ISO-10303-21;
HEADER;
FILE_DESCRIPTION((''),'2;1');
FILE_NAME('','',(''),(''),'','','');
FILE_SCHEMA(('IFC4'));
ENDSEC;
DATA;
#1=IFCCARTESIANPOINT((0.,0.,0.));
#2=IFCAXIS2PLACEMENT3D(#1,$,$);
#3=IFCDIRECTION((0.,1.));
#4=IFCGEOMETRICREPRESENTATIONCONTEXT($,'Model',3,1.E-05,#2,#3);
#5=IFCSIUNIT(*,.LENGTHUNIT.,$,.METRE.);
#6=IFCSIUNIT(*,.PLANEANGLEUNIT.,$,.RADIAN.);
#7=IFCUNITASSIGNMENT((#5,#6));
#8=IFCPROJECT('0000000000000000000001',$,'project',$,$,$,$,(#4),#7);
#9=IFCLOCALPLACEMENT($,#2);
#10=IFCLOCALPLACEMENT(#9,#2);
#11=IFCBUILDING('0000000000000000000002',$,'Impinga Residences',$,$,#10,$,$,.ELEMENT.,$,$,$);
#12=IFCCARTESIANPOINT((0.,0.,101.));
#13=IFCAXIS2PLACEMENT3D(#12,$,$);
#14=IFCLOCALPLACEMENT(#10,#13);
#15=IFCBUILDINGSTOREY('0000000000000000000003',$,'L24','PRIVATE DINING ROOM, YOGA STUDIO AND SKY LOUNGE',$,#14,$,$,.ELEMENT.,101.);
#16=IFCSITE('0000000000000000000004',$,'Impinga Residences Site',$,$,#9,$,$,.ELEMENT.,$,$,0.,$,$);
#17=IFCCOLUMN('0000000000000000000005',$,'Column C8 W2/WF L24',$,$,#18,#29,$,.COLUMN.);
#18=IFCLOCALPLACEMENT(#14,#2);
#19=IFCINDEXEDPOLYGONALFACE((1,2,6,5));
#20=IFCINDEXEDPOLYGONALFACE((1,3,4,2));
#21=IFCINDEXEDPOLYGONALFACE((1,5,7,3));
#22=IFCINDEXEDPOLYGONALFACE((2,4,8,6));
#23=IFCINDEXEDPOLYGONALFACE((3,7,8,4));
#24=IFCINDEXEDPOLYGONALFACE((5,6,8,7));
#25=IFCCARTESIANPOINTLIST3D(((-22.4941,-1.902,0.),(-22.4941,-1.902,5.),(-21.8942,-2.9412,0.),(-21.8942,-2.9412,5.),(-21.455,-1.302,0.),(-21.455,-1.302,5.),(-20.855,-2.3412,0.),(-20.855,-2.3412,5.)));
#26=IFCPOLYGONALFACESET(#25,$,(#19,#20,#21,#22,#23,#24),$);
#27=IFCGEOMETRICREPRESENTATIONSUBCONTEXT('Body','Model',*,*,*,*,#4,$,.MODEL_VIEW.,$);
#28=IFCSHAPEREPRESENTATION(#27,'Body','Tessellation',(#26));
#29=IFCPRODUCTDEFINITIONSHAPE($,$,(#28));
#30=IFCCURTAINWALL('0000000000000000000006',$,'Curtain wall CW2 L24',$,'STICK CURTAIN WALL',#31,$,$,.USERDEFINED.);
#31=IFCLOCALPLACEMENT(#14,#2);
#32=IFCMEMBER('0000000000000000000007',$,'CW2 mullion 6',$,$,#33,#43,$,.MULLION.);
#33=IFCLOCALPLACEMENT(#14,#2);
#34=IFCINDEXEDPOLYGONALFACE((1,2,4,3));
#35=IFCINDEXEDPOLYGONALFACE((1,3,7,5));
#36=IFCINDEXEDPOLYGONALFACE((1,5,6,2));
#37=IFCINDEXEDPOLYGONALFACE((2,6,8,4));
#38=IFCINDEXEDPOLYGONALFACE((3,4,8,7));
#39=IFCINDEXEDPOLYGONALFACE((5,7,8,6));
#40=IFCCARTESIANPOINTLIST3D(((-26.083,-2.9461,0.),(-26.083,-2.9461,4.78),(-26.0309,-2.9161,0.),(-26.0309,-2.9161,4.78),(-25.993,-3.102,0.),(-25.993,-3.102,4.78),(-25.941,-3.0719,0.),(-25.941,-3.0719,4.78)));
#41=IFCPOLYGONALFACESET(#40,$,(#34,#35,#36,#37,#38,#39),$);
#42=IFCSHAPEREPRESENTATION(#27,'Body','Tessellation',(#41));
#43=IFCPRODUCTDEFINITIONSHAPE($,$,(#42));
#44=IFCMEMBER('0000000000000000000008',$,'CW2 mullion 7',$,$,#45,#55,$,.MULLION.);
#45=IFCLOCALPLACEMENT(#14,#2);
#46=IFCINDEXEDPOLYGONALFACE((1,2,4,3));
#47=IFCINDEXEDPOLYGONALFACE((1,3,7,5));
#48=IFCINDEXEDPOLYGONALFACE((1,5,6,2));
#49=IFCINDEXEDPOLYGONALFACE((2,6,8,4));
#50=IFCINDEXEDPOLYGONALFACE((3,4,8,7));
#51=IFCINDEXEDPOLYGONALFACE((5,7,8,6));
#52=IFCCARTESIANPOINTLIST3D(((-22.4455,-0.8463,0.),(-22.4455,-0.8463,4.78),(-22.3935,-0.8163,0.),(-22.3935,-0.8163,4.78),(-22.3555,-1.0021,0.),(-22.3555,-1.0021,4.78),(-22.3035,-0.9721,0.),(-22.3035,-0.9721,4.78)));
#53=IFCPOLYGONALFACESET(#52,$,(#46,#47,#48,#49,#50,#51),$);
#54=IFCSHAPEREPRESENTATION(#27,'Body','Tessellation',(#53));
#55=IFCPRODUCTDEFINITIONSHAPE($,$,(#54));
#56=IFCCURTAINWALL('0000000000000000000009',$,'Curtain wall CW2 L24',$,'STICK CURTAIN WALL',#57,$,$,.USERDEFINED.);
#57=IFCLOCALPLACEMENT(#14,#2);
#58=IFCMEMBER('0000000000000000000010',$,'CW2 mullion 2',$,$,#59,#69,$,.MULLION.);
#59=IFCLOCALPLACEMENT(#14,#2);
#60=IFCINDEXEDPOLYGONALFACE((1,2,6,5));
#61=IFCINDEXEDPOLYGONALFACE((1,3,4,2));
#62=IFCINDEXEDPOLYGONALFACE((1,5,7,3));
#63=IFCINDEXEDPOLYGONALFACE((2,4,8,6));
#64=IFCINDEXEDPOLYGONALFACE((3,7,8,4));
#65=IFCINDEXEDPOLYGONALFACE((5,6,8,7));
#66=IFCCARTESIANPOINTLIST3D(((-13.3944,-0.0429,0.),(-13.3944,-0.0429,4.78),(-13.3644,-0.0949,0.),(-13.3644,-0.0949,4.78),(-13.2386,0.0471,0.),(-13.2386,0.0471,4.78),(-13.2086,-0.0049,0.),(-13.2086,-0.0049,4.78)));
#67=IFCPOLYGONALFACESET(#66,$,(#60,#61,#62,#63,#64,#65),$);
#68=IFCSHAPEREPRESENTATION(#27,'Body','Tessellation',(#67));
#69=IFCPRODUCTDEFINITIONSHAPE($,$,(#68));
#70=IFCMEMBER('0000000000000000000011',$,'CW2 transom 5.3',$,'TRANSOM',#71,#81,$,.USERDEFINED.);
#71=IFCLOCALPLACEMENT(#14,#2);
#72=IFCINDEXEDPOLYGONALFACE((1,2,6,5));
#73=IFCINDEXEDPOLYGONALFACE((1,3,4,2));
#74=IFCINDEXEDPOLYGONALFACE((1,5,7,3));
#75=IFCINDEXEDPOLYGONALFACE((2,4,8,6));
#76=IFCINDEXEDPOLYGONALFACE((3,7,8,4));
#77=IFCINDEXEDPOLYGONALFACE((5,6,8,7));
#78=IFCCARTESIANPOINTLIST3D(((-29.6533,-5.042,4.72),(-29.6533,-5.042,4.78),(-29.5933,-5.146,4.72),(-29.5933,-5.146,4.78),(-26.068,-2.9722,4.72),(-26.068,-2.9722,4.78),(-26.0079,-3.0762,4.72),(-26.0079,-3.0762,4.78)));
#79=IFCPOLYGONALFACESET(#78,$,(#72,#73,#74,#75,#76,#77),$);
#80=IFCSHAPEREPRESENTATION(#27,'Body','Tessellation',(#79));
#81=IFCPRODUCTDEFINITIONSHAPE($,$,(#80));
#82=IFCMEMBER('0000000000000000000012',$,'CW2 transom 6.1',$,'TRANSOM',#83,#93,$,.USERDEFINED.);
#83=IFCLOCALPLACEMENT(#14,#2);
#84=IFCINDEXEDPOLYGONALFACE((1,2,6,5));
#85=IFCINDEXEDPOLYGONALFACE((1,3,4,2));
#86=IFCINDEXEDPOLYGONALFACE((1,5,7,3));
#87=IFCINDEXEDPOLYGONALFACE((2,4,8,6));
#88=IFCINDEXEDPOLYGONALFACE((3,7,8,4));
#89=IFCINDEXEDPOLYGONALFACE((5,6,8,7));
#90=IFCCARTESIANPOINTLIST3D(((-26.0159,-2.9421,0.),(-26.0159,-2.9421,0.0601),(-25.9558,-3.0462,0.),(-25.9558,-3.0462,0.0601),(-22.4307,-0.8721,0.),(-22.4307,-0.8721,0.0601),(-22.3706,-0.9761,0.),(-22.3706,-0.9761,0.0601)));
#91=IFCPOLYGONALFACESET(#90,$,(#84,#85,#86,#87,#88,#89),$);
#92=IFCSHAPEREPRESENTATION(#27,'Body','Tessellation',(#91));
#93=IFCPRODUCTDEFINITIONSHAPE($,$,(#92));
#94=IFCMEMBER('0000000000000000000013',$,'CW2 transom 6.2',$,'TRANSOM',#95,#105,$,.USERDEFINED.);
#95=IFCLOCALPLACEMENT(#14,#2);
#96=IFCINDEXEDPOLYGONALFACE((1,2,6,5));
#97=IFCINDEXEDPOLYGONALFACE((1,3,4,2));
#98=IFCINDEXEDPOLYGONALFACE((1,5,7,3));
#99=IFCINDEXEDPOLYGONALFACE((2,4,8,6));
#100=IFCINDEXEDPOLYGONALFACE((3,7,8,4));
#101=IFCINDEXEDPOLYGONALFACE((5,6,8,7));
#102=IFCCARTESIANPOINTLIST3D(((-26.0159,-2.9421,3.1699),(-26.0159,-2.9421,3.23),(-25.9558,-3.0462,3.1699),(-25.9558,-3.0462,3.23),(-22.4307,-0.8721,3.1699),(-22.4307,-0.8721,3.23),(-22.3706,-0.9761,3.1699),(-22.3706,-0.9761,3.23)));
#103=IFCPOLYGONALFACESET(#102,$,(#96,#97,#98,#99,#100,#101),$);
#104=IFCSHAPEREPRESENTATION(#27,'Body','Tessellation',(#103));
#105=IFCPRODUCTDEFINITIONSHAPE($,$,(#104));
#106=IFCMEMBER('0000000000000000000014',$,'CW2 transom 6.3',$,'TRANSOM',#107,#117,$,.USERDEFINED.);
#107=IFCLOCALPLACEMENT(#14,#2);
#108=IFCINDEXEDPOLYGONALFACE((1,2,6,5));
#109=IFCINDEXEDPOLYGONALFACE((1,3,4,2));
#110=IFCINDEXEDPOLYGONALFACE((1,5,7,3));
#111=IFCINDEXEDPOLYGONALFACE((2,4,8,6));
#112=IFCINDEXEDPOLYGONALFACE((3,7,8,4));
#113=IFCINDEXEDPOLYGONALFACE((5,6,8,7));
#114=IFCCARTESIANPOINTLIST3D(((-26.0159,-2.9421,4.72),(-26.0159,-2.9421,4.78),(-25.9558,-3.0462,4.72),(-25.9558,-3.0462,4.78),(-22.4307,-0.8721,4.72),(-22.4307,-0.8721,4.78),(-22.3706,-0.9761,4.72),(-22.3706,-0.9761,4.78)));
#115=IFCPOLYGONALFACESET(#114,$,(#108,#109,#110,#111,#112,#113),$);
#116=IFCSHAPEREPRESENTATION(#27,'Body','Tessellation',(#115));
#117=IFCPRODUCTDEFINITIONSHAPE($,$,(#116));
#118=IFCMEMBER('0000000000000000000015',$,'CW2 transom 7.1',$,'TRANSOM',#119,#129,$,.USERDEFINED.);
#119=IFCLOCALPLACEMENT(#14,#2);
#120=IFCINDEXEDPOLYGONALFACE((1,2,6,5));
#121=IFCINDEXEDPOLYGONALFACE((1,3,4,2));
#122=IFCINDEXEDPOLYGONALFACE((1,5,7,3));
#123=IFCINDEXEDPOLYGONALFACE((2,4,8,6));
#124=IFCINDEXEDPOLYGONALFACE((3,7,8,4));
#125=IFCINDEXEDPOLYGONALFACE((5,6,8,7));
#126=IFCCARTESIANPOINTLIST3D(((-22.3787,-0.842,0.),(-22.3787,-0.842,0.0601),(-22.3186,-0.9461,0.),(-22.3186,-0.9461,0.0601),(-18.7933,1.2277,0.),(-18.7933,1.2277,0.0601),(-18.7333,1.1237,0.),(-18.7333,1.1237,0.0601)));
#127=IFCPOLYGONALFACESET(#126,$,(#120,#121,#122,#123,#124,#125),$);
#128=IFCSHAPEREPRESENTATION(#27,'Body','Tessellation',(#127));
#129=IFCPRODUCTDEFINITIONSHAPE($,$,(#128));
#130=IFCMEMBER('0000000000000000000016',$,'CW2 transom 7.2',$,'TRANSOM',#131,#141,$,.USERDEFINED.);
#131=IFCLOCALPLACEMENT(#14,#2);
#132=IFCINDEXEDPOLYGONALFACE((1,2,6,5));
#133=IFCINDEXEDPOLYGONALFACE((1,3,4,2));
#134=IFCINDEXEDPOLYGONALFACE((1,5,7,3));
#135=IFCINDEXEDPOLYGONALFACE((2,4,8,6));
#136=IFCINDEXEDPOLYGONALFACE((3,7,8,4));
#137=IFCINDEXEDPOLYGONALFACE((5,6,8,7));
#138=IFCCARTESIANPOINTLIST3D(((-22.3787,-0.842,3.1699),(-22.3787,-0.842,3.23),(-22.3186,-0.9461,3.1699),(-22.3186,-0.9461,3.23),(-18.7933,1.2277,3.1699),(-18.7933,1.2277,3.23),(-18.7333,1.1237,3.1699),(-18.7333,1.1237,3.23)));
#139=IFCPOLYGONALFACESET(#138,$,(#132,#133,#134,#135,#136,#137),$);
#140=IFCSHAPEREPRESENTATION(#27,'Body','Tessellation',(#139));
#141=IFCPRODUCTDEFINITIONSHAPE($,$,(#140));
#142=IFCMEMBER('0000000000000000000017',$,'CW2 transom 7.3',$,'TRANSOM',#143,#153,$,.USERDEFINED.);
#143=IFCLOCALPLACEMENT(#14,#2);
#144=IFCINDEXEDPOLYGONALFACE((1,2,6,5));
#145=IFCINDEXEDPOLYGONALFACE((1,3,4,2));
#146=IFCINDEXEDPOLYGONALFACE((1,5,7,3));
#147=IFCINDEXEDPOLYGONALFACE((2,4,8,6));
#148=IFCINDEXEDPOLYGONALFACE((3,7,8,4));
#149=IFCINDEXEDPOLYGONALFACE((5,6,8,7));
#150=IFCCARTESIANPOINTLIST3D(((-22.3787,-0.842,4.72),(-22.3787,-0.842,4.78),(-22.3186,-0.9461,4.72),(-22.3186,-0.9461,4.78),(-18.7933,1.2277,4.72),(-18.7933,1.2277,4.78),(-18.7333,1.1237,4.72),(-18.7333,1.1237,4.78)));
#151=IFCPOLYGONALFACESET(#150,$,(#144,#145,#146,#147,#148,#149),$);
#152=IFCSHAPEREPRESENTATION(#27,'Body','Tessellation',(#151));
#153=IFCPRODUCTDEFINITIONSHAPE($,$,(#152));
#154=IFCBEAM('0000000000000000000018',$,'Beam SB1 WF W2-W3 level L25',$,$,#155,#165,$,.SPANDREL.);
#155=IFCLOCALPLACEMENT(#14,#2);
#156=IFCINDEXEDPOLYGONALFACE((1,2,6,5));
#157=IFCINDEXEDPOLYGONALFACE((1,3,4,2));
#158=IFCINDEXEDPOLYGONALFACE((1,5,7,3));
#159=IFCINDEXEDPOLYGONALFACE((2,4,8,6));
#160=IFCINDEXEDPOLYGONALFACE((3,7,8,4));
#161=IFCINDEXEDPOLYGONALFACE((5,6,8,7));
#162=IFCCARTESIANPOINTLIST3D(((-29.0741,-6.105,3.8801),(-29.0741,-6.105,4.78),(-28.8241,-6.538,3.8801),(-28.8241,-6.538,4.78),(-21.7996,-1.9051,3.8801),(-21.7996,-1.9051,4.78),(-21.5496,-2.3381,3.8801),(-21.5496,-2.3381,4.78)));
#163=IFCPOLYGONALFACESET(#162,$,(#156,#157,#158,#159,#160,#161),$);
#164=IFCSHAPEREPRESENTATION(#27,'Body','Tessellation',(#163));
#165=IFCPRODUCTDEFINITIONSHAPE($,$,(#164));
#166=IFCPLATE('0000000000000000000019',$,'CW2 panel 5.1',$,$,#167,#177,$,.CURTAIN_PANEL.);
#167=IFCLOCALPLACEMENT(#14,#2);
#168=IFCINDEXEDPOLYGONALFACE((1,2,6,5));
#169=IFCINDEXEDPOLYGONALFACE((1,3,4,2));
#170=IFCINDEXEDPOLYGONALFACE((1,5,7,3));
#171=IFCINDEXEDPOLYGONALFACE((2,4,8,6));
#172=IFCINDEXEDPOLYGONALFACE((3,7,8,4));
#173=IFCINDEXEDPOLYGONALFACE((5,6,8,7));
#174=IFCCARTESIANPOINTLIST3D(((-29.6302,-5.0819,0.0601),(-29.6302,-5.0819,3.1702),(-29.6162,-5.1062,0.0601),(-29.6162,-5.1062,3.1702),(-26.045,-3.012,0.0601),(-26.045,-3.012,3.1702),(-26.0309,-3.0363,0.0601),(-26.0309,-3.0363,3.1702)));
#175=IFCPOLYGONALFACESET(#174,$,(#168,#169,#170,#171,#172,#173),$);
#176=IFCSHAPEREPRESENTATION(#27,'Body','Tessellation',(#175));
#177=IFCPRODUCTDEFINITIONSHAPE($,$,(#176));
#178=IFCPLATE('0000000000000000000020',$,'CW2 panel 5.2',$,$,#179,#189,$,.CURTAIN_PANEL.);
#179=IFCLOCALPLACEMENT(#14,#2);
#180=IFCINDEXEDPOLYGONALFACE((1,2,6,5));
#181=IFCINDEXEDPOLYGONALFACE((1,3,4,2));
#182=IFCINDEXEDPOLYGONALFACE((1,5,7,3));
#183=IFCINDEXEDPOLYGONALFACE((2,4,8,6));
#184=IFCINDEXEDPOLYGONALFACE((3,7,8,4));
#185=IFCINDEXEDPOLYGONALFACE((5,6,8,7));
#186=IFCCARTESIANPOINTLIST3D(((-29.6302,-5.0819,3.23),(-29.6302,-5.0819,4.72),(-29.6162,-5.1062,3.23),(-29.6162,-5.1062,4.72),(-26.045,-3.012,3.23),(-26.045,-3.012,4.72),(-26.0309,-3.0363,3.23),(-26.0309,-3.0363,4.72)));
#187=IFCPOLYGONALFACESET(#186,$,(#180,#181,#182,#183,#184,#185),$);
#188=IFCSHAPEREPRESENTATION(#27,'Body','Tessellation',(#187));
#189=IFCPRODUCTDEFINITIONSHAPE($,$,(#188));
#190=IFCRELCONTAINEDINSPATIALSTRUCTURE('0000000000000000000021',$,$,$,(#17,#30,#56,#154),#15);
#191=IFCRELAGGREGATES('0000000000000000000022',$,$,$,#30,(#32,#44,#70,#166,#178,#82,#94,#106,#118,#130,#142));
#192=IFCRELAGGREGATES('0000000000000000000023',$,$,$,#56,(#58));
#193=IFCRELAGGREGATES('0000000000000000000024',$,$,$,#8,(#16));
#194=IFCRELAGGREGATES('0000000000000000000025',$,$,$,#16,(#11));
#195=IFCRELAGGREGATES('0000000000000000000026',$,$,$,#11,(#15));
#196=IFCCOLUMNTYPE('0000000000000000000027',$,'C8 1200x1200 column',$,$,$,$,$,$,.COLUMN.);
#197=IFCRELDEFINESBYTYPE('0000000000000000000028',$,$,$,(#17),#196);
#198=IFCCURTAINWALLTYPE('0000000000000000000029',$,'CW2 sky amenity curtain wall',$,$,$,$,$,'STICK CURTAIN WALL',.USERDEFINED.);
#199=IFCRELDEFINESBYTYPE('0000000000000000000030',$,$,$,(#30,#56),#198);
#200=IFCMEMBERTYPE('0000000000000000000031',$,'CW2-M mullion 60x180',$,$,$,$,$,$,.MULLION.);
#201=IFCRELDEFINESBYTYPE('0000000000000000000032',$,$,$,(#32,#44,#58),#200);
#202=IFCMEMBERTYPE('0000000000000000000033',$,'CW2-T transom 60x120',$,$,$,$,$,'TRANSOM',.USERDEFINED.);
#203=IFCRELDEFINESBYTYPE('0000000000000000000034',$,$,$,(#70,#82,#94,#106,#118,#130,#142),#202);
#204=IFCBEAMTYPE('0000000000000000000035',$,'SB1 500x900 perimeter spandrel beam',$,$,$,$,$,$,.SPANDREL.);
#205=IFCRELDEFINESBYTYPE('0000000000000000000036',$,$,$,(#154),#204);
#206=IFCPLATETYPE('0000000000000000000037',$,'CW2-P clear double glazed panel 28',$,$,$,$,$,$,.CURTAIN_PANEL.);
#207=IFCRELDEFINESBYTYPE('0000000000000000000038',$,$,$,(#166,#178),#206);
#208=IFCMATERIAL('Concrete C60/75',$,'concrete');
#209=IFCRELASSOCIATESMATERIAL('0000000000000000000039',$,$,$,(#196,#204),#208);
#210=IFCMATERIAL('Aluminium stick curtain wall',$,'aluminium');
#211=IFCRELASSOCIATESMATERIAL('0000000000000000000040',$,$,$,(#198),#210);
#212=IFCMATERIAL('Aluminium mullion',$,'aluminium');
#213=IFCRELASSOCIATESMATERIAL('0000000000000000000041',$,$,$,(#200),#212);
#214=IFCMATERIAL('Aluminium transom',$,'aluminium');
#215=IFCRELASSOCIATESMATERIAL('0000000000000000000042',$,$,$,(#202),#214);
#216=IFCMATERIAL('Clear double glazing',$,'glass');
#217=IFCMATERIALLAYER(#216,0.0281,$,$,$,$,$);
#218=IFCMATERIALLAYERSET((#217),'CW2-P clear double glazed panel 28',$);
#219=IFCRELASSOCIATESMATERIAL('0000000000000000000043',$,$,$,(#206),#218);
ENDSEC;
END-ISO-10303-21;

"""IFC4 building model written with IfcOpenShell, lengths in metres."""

from ifc_helpers import new_model, si_unit, direction, frame, origin, origin_2d, place, context, subcontext, project, spatial, rectangle, extrude, material, layer, layer_set, material_profile, profile_set, type_object, element, aggregate, save


model = new_model("IFC4")

# Units and contexts
model_context = context("Model", 3, precision=1e-05, world=origin(), true_north=direction((0.0, 1.0)))
body_context = subcontext(model_context, "Body", "Model", "MODEL_VIEW")
ifc_project = project(units=[si_unit("LENGTHUNIT", "METRE"), si_unit("PLANEANGLEUNIT", "RADIAN")], contexts=[model_context])

# Site, building, storey
site_placement = place(None, origin())
site = spatial("IfcSite", under=ifc_project, at=site_placement, Name="Impinga Residences Site", CompositionType="ELEMENT", RefElevation=0.0)
building_placement = place(site_placement, origin())
building = spatial("IfcBuilding", under=site, at=building_placement, Name="Impinga Residences", CompositionType="ELEMENT")
storey_placement = place(building_placement, frame((0.0, 0.0, 101.0)))
storey = spatial("IfcBuildingStorey", under=building, at=storey_placement, Name="L24", Description="PRIVATE DINING ROOM, YOGA STUDIO AND SKY LOUNGE", CompositionType="ELEMENT", Elevation=101.0)

# Column
ifc_material_1 = material(Name="Concrete C60/75", Category="concrete")
ifc_material_profile_1 = material_profile(ifc_material_1, rectangle(XDim=1.2, YDim=1.2, at=origin_2d()), Name="RC 1200x1200")
ifc_profile_set_1 = profile_set([ifc_material_profile_1], Name="Concrete C60/75")
column_type = type_object("IfcColumnType", Name="C8 1200x1200 column", PredefinedType="COLUMN", material=ifc_profile_set_1)
column_placement = place(storey_placement, frame((-21.6746, -2.1216, 0.0), z_axis=(0.0, 0.0, 1.0), x_axis=(-0.5, 0.866025, 0.0)))
element("IfcColumn", 1, at=column_placement, inside=storey, type_object=column_type, Name="Column C8 W2/WF L24", PredefinedType="COLUMN", context=body_context, shape_type="SweptSolid", body=[
    extrude(rectangle(XDim=1.2, YDim=1.2, at=origin_2d()), origin(), (0.0, 0.0, 1.0), 5.0),
])

# Curtain wall, members
ifc_material_2 = material(Name="Aluminium stick curtain wall", Category="aluminium")
curtain_wall_type = type_object("IfcCurtainWallType", Name="CW2 sky amenity curtain wall", ElementType="STICK CURTAIN WALL", PredefinedType="USERDEFINED", material=ifc_material_2)
curtain_wall_1_placement = place(storey_placement, origin())
curtain_wall_1 = element("IfcCurtainWall", 2, at=curtain_wall_1_placement, inside=storey, type_object=curtain_wall_type, Name="Curtain wall CW2 L24", ObjectType="STICK CURTAIN WALL", PredefinedType="USERDEFINED")
ifc_material_3 = material(Name="Aluminium mullion", Category="aluminium")
ifc_material_profile_2 = material_profile(ifc_material_3, rectangle(XDim=0.0601, YDim=0.1799, at=origin_2d()), Name="60x180 mullion")
ifc_profile_set_2 = profile_set([ifc_material_profile_2], Name="Aluminium mullion")
member_type_1 = type_object("IfcMemberType", Name="CW2-M mullion 60x180", PredefinedType="MULLION", material=ifc_profile_set_2)
member_1_placement = place(storey_placement, frame((-26.012, -3.009, 0.0), z_axis=(0.0, 0.0, 1.0), x_axis=(0.866025, 0.5, 0.0)))
member_1 = element("IfcMember", 3, at=member_1_placement, type_object=member_type_1, Name="CW2 mullion 6", PredefinedType="MULLION", context=body_context, shape_type="SweptSolid", body=[
    extrude(rectangle(XDim=0.0601, YDim=0.1799, at=origin_2d()), origin(), (0.0, 0.0, 1.0), 4.78),
])
member_2_placement = place(storey_placement, frame((-22.3745, -0.9092, 0.0), z_axis=(0.0, 0.0, 1.0), x_axis=(0.866025, 0.5, 0.0)))
member_2 = element("IfcMember", 4, at=member_2_placement, type_object=member_type_1, Name="CW2 mullion 7", PredefinedType="MULLION", context=body_context, shape_type="SweptSolid", body=[
    extrude(rectangle(XDim=0.0601, YDim=0.1799, at=origin_2d()), origin(), (0.0, 0.0, 1.0), 4.78),
])

# Curtain wall, member
curtain_wall_2_placement = place(storey_placement, origin())
curtain_wall_2 = element("IfcCurtainWall", 5, at=curtain_wall_2_placement, inside=storey, type_object=curtain_wall_type, Name="Curtain wall CW2 L24", ObjectType="STICK CURTAIN WALL", PredefinedType="USERDEFINED")
member_3_placement = place(storey_placement, frame((-13.3015, -0.0239, 0.0), z_axis=(0.0, 0.0, 1.0), x_axis=(0.5, -0.866025, 0.0)))
member_3 = element("IfcMember", 6, at=member_3_placement, type_object=member_type_1, Name="CW2 mullion 2", PredefinedType="MULLION", context=body_context, shape_type="SweptSolid", body=[
    extrude(rectangle(XDim=0.0601, YDim=0.1799, at=origin_2d()), origin(), (0.0, 0.0, 1.0), 4.78),
])

# Members
ifc_material_4 = material(Name="Aluminium transom", Category="aluminium")
ifc_material_profile_3 = material_profile(ifc_material_4, rectangle(XDim=0.0601, YDim=0.1201, at=origin_2d()), Name="60x120 transom")
ifc_profile_set_3 = profile_set([ifc_material_profile_3], Name="Aluminium transom")
member_type_2 = type_object("IfcMemberType", Name="CW2-T transom 60x120", ElementType="TRANSOM", PredefinedType="USERDEFINED", material=ifc_profile_set_3)
member_4_placement = place(storey_placement, frame((-29.6233, -5.094, 4.75), z_axis=(0.86605, 0.499957, 0.0), x_axis=(0.0, 0.0, 1.0)))
member_4 = element("IfcMember", 7, at=member_4_placement, type_object=member_type_2, Name="CW2 transom 5.3", ObjectType="TRANSOM", PredefinedType="USERDEFINED", context=body_context, shape_type="SweptSolid", body=[
    extrude(rectangle(XDim=0.0601, YDim=0.1201, at=origin_2d()), origin(), (0.0, 0.0, 1.0), 4.1399),
])
member_5_placement = place(storey_placement, frame((-25.9858, -2.9941, 0.03), z_axis=(0.86601, 0.500027, 0.0), x_axis=(0.0, 0.0, 1.0)))
member_5 = element("IfcMember", 8, at=member_5_placement, type_object=member_type_2, Name="CW2 transom 6.1", ObjectType="TRANSOM", PredefinedType="USERDEFINED", context=body_context, shape_type="SweptSolid", body=[
    extrude(rectangle(XDim=0.0601, YDim=0.1201, at=origin_2d()), origin(), (0.0, 0.0, 1.0), 4.1399),
])
member_6_placement = place(storey_placement, frame((-25.9858, -2.9941, 3.2), z_axis=(0.86601, 0.500027, 0.0), x_axis=(0.0, 0.0, 1.0)))
member_6 = element("IfcMember", 9, at=member_6_placement, type_object=member_type_2, Name="CW2 transom 6.2", ObjectType="TRANSOM", PredefinedType="USERDEFINED", context=body_context, shape_type="SweptSolid", body=[
    extrude(rectangle(XDim=0.0601, YDim=0.1201, at=origin_2d()), origin(), (0.0, 0.0, 1.0), 4.1399),
])
member_7_placement = place(storey_placement, frame((-25.9858, -2.9941, 4.75), z_axis=(0.86601, 0.500027, 0.0), x_axis=(0.0, 0.0, 1.0)))
member_7 = element("IfcMember", 10, at=member_7_placement, type_object=member_type_2, Name="CW2 transom 6.3", ObjectType="TRANSOM", PredefinedType="USERDEFINED", context=body_context, shape_type="SweptSolid", body=[
    extrude(rectangle(XDim=0.0601, YDim=0.1201, at=origin_2d()), origin(), (0.0, 0.0, 1.0), 4.1399),
])
member_8_placement = place(storey_placement, frame((-22.3486, -0.894, 0.03), z_axis=(0.86605, 0.499957, 0.0), x_axis=(0.0, 0.0, 1.0)))
member_8 = element("IfcMember", 11, at=member_8_placement, type_object=member_type_2, Name="CW2 transom 7.1", ObjectType="TRANSOM", PredefinedType="USERDEFINED", context=body_context, shape_type="SweptSolid", body=[
    extrude(rectangle(XDim=0.0601, YDim=0.1201, at=origin_2d()), origin(), (0.0, 0.0, 1.0), 4.1399),
])
member_9_placement = place(storey_placement, frame((-22.3486, -0.894, 3.2), z_axis=(0.86605, 0.499957, 0.0), x_axis=(0.0, 0.0, 1.0)))
member_9 = element("IfcMember", 12, at=member_9_placement, type_object=member_type_2, Name="CW2 transom 7.2", ObjectType="TRANSOM", PredefinedType="USERDEFINED", context=body_context, shape_type="SweptSolid", body=[
    extrude(rectangle(XDim=0.0601, YDim=0.1201, at=origin_2d()), origin(), (0.0, 0.0, 1.0), 4.1399),
])
member_10_placement = place(storey_placement, frame((-22.3486, -0.894, 4.75), z_axis=(0.86605, 0.499957, 0.0), x_axis=(0.0, 0.0, 1.0)))
member_10 = element("IfcMember", 13, at=member_10_placement, type_object=member_type_2, Name="CW2 transom 7.3", ObjectType="TRANSOM", PredefinedType="USERDEFINED", context=body_context, shape_type="SweptSolid", body=[
    extrude(rectangle(XDim=0.0601, YDim=0.1201, at=origin_2d()), origin(), (0.0, 0.0, 1.0), 4.1399),
])

# Beam
ifc_material_profile_4 = material_profile(ifc_material_1, rectangle(XDim=0.5, YDim=0.8999, at=origin_2d()), Name="RC 500x900")
ifc_profile_set_4 = profile_set([ifc_material_profile_4], Name="Concrete C60/75")
beam_type = type_object("IfcBeamType", Name="SB1 500x900 perimeter spandrel beam", PredefinedType="SPANDREL", material=ifc_profile_set_4)
beam_placement = place(storey_placement, frame((-21.6746, -2.1216, 4.3301), z_axis=(-0.866029, -0.499993, 0.0), x_axis=(0.499993, -0.866029, 0.0)))
element("IfcBeam", 14, at=beam_placement, inside=storey, type_object=beam_type, Name="Beam SB1 WF W2-W3 level L25", PredefinedType="SPANDREL", context=body_context, shape_type="SweptSolid", body=[
    extrude(rectangle(XDim=0.5, YDim=0.8999, at=origin_2d()), origin(), (0.0, 0.0, 1.0), 8.3999),
])

# Plates
ifc_material_5 = material(Name="Clear double glazing", Category="glass")
ifc_layer_1 = layer(ifc_material_5, 0.0281)
ifc_layer_set_1 = layer_set([ifc_layer_1], Name="CW2-P clear double glazed panel 28")
plate_type = type_object("IfcPlateType", Name="CW2-P clear double glazed panel 28", PredefinedType="CURTAIN_PANEL", material=ifc_layer_set_1)
plate_1_placement = place(storey_placement, frame((-27.8306, -4.0591, 0.0601), z_axis=(0.0, 0.0, 1.0), x_axis=(0.866025, 0.5, 0.0)))
plate_1 = element("IfcPlate", 15, at=plate_1_placement, type_object=plate_type, Name="CW2 panel 5.1", PredefinedType="CURTAIN_PANEL", context=body_context, shape_type="SweptSolid", body=[
    extrude(rectangle(XDim=4.1399, YDim=0.0281, at=origin_2d()), origin(), (0.0, 0.0, 1.0), 3.1101),
])
plate_2_placement = place(storey_placement, frame((-27.8306, -4.0591, 3.23), z_axis=(0.0, 0.0, 1.0), x_axis=(0.866025, 0.5, 0.0)))
plate_2 = element("IfcPlate", 16, at=plate_2_placement, type_object=plate_type, Name="CW2 panel 5.2", PredefinedType="CURTAIN_PANEL", context=body_context, shape_type="SweptSolid", body=[
    extrude(rectangle(XDim=4.1399, YDim=0.0281, at=origin_2d()), origin(), (0.0, 0.0, 1.0), 1.49),
])
aggregate(curtain_wall_1, [member_1, member_2, member_4, plate_1, plate_2, member_5, member_6, member_7, member_8, member_9, member_10])
aggregate(curtain_wall_2, [member_3])

save(model, "model.ifc")
